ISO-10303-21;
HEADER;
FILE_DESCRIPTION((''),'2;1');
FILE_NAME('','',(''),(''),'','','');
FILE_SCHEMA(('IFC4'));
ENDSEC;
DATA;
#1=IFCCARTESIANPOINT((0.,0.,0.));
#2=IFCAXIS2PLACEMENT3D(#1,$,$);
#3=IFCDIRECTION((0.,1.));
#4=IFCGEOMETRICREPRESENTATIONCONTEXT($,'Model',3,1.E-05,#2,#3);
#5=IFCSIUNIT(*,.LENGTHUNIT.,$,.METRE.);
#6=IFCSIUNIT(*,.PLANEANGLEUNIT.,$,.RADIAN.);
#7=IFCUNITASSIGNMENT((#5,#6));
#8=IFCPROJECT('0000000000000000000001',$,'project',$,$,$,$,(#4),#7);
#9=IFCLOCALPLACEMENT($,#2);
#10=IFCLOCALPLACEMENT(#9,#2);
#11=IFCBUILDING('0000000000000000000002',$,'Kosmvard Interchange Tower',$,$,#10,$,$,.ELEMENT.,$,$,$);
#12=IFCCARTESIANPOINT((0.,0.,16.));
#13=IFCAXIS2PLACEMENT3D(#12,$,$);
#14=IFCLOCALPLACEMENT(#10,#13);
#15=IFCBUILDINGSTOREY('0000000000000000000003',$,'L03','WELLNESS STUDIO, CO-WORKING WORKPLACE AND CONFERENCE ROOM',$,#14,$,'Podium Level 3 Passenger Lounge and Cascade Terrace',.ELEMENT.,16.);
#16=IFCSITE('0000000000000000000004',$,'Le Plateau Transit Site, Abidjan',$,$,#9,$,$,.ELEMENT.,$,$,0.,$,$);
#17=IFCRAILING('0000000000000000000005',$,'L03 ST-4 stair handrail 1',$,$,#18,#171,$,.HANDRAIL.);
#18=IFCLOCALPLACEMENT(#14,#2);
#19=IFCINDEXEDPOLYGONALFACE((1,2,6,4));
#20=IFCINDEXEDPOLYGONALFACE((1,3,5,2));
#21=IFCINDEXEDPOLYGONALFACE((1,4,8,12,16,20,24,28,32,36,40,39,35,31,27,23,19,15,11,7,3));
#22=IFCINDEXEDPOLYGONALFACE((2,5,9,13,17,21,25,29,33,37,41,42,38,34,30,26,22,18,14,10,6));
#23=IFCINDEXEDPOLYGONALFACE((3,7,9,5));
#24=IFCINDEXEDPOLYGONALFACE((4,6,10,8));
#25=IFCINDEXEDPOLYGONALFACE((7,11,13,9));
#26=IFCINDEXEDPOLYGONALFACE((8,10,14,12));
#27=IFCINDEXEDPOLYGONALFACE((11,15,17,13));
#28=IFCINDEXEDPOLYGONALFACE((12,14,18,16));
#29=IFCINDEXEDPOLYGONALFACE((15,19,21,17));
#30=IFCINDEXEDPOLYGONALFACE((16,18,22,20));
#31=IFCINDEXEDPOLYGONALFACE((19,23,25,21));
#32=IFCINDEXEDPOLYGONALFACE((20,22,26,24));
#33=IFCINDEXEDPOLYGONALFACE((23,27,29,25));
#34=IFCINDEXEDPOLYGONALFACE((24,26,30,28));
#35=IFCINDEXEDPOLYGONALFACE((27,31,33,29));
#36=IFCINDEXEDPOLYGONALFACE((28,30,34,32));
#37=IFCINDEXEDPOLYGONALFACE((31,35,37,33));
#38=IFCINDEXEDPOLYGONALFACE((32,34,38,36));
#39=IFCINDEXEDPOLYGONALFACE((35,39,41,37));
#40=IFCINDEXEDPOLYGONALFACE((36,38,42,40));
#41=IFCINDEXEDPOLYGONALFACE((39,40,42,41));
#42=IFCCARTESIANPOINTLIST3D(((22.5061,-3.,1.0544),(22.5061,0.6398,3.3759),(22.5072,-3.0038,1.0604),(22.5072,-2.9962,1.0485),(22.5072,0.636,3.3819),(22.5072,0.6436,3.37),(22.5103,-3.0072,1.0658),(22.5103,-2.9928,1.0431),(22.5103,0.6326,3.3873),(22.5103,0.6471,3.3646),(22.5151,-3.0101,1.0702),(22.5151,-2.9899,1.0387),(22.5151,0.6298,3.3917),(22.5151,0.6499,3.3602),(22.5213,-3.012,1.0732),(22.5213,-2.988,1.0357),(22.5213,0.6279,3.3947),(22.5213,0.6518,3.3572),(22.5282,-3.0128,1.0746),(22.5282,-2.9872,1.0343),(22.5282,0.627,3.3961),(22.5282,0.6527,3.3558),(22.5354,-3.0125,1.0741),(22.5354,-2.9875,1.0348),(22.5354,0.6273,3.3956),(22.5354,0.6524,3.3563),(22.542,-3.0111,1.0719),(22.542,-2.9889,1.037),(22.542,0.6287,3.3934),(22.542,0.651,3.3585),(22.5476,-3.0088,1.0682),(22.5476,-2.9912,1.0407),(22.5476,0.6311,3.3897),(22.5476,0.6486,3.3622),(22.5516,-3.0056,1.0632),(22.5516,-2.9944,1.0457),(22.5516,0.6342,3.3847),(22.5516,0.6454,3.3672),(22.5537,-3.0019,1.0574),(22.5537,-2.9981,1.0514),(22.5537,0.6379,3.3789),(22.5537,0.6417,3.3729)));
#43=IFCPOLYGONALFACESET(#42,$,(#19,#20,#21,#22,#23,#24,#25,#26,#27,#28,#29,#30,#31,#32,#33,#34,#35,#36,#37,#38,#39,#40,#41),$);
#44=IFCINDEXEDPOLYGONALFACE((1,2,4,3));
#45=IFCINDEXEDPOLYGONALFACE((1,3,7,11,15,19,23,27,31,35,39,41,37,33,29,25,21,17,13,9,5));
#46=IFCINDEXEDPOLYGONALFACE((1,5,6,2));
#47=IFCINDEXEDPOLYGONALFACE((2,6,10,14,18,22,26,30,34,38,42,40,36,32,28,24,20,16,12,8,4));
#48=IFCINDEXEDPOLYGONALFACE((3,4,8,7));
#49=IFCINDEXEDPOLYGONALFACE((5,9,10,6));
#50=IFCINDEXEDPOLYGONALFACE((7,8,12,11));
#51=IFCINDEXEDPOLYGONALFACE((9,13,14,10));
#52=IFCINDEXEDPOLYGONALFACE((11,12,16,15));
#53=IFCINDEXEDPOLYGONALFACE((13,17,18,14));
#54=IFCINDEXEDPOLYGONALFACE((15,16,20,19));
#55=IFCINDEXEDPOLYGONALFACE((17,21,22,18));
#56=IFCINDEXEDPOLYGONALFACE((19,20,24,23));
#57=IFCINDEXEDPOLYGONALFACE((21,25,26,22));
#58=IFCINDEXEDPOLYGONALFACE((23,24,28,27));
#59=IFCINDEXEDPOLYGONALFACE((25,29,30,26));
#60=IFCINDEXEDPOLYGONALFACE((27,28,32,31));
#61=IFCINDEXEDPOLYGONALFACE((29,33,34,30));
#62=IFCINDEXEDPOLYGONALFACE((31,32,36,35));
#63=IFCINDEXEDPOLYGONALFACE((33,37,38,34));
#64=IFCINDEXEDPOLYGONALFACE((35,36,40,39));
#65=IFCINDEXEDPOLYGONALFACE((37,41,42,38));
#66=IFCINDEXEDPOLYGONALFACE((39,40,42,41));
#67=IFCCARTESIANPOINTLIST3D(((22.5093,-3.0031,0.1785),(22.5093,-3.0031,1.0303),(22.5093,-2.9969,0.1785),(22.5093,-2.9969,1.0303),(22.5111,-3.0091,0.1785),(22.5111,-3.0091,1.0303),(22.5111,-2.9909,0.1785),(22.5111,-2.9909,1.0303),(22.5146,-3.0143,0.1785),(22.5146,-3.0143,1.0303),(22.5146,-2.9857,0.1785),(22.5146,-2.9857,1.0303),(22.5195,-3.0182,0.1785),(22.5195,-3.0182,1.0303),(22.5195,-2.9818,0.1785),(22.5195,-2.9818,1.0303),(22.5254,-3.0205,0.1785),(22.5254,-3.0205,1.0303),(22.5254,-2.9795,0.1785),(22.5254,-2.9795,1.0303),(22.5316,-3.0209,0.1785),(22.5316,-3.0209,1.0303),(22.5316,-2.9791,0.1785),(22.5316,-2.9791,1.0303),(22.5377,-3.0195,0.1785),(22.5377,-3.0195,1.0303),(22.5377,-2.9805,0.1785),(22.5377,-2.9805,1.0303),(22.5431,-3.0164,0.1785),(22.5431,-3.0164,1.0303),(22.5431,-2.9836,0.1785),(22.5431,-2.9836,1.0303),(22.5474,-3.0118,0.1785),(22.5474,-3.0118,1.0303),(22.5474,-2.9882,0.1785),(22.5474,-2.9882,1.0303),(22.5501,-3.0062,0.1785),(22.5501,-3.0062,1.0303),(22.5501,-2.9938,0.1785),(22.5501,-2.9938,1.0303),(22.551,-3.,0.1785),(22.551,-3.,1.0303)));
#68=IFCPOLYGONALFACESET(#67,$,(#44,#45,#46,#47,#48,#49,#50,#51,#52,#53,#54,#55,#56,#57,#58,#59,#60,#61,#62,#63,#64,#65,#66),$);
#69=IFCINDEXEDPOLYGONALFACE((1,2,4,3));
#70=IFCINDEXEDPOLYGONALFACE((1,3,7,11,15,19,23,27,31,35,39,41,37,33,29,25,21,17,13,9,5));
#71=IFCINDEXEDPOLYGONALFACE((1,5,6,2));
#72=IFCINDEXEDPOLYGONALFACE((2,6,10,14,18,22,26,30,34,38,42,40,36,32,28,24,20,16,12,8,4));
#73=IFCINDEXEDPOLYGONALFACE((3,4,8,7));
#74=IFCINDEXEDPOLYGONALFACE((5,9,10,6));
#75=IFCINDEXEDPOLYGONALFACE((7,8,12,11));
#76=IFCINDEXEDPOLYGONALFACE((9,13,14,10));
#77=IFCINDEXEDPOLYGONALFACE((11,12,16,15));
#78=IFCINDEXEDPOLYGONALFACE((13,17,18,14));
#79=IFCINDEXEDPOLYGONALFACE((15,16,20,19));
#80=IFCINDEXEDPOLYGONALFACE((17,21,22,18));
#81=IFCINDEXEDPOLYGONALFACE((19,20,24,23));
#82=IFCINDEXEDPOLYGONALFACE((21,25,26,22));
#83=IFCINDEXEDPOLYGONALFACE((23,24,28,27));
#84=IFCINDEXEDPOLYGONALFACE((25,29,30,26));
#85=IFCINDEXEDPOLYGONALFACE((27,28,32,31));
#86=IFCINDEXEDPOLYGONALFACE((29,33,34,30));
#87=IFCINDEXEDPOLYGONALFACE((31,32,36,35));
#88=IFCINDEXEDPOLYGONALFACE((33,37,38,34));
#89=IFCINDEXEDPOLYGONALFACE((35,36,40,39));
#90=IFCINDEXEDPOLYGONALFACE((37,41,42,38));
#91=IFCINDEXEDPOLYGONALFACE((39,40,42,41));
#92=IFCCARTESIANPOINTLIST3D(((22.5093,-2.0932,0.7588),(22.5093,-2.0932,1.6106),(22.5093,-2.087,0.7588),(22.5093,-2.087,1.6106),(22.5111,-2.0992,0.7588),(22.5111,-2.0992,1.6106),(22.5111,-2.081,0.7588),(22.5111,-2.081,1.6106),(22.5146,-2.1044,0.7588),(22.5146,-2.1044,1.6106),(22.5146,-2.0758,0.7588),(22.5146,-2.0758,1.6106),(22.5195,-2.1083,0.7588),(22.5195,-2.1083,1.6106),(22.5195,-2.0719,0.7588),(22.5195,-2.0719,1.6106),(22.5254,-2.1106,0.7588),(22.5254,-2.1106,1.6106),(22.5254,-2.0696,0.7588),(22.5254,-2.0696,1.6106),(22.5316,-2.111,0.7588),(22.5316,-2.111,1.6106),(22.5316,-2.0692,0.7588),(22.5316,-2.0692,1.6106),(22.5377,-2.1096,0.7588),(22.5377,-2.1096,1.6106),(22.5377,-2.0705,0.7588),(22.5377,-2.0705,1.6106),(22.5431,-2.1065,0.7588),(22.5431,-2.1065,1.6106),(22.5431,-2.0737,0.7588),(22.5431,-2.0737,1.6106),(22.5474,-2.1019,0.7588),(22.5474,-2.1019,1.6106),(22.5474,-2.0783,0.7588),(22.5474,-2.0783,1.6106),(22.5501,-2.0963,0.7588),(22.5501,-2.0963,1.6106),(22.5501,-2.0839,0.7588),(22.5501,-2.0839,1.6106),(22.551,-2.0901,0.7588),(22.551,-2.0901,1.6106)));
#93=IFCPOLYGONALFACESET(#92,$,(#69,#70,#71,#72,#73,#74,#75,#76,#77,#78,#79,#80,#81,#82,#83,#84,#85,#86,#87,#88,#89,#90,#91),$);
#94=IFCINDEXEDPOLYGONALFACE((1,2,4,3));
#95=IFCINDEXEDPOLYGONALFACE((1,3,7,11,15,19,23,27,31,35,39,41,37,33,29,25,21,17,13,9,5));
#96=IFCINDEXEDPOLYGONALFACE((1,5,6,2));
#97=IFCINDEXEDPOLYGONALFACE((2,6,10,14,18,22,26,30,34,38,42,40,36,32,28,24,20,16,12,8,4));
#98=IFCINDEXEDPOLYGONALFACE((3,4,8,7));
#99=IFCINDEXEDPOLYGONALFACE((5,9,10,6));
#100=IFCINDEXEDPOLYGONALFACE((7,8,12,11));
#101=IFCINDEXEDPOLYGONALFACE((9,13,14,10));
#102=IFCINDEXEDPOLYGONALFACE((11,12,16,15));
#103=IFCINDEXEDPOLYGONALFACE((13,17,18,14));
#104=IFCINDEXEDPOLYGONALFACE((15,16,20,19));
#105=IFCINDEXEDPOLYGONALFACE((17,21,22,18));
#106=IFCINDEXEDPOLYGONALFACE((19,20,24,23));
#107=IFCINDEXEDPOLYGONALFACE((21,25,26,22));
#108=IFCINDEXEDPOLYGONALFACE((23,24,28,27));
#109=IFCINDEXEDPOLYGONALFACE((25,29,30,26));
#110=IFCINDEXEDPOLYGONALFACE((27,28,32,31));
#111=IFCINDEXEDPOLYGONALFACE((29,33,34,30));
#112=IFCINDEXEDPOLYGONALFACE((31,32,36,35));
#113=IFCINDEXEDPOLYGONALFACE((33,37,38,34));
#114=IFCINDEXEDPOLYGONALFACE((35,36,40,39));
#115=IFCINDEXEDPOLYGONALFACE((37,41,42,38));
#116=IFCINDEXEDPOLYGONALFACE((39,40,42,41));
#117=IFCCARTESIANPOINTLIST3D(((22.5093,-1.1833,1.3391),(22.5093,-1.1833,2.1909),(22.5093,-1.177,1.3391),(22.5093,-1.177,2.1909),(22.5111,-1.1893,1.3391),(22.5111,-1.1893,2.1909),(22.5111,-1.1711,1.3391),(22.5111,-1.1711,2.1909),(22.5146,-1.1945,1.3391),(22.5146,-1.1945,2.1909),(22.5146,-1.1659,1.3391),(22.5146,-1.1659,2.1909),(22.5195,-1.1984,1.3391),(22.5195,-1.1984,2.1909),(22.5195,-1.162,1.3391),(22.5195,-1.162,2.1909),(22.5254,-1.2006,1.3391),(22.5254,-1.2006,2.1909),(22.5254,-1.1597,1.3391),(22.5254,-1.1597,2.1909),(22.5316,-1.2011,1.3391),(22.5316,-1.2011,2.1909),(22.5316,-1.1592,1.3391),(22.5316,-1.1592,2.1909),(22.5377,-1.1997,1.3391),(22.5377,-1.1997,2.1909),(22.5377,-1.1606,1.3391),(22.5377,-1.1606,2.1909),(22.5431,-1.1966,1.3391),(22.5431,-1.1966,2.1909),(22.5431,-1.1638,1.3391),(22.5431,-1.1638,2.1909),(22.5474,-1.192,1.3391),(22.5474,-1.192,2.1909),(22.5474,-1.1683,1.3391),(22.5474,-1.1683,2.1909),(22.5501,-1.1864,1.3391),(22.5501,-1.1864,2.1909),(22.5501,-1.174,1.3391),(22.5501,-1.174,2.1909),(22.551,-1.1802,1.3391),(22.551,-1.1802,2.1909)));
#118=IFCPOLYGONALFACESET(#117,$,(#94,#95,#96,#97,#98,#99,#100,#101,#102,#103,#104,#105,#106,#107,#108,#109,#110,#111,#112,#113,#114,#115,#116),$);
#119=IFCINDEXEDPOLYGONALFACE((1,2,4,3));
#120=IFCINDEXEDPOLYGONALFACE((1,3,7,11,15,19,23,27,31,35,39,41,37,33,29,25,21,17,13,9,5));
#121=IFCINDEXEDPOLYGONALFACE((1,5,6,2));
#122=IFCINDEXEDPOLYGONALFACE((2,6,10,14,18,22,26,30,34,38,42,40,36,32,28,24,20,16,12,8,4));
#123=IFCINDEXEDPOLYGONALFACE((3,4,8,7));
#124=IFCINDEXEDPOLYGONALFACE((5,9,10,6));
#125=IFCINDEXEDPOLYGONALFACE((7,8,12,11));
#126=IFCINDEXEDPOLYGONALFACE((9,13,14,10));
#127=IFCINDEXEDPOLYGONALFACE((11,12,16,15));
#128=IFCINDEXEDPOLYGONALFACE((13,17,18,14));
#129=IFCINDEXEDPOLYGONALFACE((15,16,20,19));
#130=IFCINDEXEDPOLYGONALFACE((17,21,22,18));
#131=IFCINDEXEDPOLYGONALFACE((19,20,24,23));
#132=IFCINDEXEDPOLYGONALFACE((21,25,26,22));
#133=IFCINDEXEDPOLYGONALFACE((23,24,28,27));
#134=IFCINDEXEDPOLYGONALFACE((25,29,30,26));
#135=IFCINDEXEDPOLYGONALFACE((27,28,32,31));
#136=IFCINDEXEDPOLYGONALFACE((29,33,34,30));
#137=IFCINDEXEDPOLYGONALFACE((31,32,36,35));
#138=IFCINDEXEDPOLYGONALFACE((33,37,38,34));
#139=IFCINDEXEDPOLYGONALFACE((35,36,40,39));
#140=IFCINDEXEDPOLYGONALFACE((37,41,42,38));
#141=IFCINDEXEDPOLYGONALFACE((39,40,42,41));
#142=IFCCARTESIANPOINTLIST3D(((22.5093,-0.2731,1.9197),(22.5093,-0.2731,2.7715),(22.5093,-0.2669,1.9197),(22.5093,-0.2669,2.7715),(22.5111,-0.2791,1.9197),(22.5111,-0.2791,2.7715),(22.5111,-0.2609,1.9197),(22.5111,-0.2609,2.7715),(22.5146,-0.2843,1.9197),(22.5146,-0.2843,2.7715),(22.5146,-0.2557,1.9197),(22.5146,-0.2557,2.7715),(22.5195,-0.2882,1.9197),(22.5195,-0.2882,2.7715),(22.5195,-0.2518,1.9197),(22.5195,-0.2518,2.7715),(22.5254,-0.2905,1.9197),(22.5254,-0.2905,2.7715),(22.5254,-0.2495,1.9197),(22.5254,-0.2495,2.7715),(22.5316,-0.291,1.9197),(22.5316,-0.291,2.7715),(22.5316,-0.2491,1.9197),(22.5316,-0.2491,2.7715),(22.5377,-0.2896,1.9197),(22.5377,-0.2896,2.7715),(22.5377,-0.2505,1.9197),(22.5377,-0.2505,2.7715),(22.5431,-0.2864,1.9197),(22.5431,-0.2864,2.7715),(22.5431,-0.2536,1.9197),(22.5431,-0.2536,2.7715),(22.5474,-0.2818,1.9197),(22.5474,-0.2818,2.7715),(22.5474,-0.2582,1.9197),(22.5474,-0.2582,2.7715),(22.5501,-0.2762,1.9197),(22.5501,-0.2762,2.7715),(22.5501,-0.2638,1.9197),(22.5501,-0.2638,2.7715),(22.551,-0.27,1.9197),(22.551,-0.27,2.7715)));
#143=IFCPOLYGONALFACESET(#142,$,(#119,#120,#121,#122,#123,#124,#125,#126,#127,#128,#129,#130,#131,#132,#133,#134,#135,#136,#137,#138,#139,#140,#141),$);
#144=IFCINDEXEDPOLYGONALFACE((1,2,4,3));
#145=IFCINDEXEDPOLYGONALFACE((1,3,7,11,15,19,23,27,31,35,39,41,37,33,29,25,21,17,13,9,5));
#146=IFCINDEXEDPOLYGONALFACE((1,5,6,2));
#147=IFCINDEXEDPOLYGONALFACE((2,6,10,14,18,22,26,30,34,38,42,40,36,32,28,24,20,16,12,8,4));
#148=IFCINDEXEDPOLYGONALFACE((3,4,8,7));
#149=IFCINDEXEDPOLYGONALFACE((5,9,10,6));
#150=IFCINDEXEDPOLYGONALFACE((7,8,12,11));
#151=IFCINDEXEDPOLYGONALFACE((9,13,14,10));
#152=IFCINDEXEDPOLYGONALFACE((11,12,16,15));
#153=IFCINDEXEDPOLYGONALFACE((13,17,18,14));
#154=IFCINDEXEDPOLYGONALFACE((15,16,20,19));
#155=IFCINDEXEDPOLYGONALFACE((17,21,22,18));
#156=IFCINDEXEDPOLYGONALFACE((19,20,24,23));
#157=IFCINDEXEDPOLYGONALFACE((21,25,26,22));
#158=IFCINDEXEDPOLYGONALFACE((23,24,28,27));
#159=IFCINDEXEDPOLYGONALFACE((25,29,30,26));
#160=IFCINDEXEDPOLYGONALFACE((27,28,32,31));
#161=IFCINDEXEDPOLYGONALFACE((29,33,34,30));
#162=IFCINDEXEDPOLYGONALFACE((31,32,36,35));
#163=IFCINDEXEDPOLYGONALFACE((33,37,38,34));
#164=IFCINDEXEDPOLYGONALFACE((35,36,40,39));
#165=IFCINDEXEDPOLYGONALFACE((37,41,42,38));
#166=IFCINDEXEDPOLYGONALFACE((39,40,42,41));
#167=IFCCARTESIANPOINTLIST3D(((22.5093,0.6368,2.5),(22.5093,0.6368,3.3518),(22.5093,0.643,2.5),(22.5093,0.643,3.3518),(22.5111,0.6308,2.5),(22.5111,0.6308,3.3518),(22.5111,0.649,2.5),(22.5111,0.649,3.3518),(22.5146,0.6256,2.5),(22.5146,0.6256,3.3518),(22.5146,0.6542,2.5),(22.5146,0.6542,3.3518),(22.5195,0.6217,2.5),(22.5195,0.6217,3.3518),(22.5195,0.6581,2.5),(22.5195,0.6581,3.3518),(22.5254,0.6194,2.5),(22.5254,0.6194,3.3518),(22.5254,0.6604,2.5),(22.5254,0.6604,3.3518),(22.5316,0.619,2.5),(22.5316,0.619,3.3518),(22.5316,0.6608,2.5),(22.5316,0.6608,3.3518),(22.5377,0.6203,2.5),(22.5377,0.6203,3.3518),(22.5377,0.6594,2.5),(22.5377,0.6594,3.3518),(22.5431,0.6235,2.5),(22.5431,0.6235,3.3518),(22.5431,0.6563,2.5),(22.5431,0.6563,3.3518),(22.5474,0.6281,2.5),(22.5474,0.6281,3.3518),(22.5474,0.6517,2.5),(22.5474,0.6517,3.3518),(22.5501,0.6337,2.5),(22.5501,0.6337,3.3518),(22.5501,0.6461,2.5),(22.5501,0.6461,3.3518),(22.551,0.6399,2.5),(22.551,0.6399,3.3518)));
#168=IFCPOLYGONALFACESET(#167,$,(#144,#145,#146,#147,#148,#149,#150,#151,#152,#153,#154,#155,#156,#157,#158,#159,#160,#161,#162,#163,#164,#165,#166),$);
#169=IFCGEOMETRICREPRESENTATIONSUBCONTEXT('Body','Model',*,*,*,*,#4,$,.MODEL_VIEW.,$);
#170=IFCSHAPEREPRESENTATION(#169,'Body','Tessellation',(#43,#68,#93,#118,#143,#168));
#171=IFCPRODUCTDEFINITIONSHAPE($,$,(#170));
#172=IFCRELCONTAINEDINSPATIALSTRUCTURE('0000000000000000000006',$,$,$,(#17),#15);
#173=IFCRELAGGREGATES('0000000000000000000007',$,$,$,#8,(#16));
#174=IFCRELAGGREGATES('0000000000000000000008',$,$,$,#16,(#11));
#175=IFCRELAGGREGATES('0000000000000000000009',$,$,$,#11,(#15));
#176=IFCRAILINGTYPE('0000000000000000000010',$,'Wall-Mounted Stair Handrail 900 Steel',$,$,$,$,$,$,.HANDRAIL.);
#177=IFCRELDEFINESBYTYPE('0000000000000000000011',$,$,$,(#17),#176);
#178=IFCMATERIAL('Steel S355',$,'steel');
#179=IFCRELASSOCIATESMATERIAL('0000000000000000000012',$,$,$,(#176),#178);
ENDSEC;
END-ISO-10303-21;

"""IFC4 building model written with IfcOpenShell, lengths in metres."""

from ifc_helpers import new_model, si_unit, direction, frame, origin, origin_2d, place, context, subcontext, project, spatial, circle, extrude, source, transform, mapped, material, type_object, element, save


model = new_model("IFC4")

# Units and contexts
model_context = context("Model", 3, precision=1e-05, world=origin(), true_north=direction((0.0, 1.0)))
body_context = subcontext(model_context, "Body", "Model", "MODEL_VIEW")
ifc_project = project(units=[si_unit("LENGTHUNIT", "METRE"), si_unit("PLANEANGLEUNIT", "RADIAN")], contexts=[model_context])

# Site, building, storey
site_placement = place(None, origin())
site = spatial("IfcSite", under=ifc_project, at=site_placement, Name="Le Plateau Transit Site, Abidjan", CompositionType="ELEMENT", RefElevation=0.0)
building_placement = place(site_placement, origin())
building = spatial("IfcBuilding", under=site, at=building_placement, Name="Kosmvard Interchange Tower", CompositionType="ELEMENT")
storey_placement = place(building_placement, frame((0.0, 0.0, 16.0)))
storey = spatial("IfcBuildingStorey", under=building, at=storey_placement, Name="L03", Description="WELLNESS STUDIO, CO-WORKING WORKPLACE AND CONFERENCE ROOM", LongName="Podium Level 3 Passenger Lounge and Cascade Terrace", CompositionType="ELEMENT", Elevation=16.0)

# Shared definitions
ifc_material_1 = material(Name="Steel S355", Category="steel")

# Railing
railing_type_1 = type_object("IfcRailingType", Name="Wall-Mounted Stair Handrail 900 Steel", PredefinedType="HANDRAIL", material=ifc_material_1)
shared_shape_1 = source(origin(), body_context, "Body", "SweptSolid", [
    extrude(circle(Radius=0.0239, at=origin_2d()), frame((0.0, 0.0, 0.876), z_axis=(0.0, 0.843112, 0.537739), x_axis=(-1.0, 0.0, 0.0)), (0.0, 0.0, 1.0), 4.3171),
    extrude(circle(Radius=0.021, at=origin_2d()), origin(), (0.0, 0.0, 1.0), 0.8518),
    extrude(circle(Radius=0.021, at=origin_2d()), frame((0.0, 0.9099, 0.5803)), (0.0, 0.0, 1.0), 0.8518),
    extrude(circle(Radius=0.021, at=origin_2d()), frame((0.0, 1.8198, 1.1606)), (0.0, 0.0, 1.0), 0.8518),
    extrude(circle(Radius=0.021, at=origin_2d()), frame((0.0, 2.73, 1.7412)), (0.0, 0.0, 1.0), 0.8518),
    extrude(circle(Radius=0.021, at=origin_2d()), frame((0.0, 3.6399, 2.3215)), (0.0, 0.0, 1.0), 0.8518),
])
railing_1_placement = place(storey_placement, frame((22.53, -3.0, 0.1785)))
element("IfcRailing", 1, at=railing_1_placement, inside=storey, type_object=railing_type_1, Name="L03 ST-4 stair handrail 1", PredefinedType="HANDRAIL", context=body_context, shape_type="MappedRepresentation", body=[
    mapped(shared_shape_1, transform((0.0, 0.0, 0.0), scale=1.0)),
])

save(model, "model.ifc")
